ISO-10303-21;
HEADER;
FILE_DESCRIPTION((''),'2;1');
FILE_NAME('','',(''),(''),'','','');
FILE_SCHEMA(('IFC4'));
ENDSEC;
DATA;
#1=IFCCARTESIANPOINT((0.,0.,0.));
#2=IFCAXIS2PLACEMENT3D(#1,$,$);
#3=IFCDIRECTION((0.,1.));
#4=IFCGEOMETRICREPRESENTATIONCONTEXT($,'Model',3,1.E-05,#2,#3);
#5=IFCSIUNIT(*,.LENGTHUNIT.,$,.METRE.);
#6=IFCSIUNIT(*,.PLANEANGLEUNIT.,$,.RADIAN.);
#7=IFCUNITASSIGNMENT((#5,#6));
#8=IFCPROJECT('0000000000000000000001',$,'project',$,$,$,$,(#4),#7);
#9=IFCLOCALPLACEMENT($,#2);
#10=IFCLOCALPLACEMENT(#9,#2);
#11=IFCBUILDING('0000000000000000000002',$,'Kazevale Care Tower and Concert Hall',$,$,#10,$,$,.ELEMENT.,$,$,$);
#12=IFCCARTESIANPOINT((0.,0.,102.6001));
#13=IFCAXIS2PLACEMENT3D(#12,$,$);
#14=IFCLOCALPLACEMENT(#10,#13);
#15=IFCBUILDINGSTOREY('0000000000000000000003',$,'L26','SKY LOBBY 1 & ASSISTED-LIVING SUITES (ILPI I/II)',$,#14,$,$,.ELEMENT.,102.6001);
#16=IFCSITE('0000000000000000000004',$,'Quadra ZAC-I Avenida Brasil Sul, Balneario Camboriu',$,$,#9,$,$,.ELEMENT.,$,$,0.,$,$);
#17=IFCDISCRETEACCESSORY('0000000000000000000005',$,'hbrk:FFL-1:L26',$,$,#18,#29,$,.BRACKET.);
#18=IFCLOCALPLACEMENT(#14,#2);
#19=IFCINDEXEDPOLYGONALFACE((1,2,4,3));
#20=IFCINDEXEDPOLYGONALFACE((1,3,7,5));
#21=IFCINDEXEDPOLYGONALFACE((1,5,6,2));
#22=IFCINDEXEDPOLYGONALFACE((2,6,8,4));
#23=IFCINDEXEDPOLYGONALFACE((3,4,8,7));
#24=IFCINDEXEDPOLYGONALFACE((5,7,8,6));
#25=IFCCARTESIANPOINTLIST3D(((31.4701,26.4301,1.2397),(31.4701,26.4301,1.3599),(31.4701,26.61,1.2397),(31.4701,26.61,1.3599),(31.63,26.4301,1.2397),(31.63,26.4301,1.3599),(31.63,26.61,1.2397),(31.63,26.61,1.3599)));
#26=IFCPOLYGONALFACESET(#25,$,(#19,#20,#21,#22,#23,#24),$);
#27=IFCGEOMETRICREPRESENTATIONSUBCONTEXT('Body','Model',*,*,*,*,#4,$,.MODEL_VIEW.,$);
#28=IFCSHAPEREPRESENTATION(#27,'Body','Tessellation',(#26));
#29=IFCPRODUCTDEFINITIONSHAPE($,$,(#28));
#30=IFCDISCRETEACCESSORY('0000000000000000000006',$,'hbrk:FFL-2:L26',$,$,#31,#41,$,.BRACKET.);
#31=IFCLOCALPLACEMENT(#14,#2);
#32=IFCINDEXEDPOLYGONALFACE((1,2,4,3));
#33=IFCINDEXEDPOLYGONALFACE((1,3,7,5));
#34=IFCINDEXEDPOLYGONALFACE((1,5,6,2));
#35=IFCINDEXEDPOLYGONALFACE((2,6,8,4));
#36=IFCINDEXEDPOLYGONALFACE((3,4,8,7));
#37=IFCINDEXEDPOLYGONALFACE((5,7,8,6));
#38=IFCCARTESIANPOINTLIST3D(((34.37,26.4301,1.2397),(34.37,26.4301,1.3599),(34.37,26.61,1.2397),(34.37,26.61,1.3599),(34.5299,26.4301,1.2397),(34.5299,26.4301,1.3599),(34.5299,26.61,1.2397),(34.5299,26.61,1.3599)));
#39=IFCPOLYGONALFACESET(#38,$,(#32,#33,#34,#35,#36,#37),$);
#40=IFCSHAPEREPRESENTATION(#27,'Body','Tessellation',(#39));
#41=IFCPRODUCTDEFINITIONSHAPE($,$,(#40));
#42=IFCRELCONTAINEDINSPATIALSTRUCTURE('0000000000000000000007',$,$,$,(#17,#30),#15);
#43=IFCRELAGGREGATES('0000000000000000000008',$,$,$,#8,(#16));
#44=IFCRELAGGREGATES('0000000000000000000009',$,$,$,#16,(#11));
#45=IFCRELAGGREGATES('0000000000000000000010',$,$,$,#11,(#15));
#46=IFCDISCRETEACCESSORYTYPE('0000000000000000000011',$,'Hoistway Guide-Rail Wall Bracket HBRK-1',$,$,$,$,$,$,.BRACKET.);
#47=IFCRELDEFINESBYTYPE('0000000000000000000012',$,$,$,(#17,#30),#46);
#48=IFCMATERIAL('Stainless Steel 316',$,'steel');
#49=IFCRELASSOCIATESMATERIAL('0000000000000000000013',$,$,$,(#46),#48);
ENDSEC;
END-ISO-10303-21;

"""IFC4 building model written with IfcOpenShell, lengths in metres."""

from ifc_helpers import new_model, si_unit, direction, frame, origin, origin_2d, place, context, subcontext, project, spatial, rectangle, extrude, material, type_object, element, save


model = new_model("IFC4")

# Units and contexts
model_context = context("Model", 3, precision=1e-05, world=origin(), true_north=direction((0.0, 1.0)))
body_context = subcontext(model_context, "Body", "Model", "MODEL_VIEW")
ifc_project = project(units=[si_unit("LENGTHUNIT", "METRE"), si_unit("PLANEANGLEUNIT", "RADIAN")], contexts=[model_context])

# Site, building, storey
site_placement = place(None, origin())
site = spatial("IfcSite", under=ifc_project, at=site_placement, Name="Quadra ZAC-I Avenida Brasil Sul, Balneario Camboriu", CompositionType="ELEMENT", RefElevation=0.0)
building_placement = place(site_placement, origin())
building = spatial("IfcBuilding", under=site, at=building_placement, Name="Kazevale Care Tower and Concert Hall", CompositionType="ELEMENT")
storey_placement = place(building_placement, frame((0.0, 0.0, 102.6001)))
storey = spatial("IfcBuildingStorey", under=building, at=storey_placement, Name="L26", Description="SKY LOBBY 1 & ASSISTED-LIVING SUITES (ILPI I/II)", CompositionType="ELEMENT", Elevation=102.6001)

# Shared definitions
ifc_material_1 = material(Name="Stainless Steel 316", Category="steel")

# Discrete accessories
discrete_accessory_type = type_object("IfcDiscreteAccessoryType", Name="Hoistway Guide-Rail Wall Bracket HBRK-1", PredefinedType="BRACKET", material=ifc_material_1)
for number, where, z_axis, x_axis, name in (
    (1, (31.55, 26.52, 1.2397), (0.0, 0.0, 1.0), (1.0, 0.0, 0.0), "hbrk:FFL-1:L26"),
    (2, (34.45, 26.52, 1.2397), (0.0, 0.0, 1.0), (1.0, 0.0, 0.0), "hbrk:FFL-2:L26"),
):
    element("IfcDiscreteAccessory", number, at=place(storey_placement, frame(where, z_axis=z_axis, x_axis=x_axis)), inside=storey, type_object=discrete_accessory_type, Name=name, PredefinedType="BRACKET", context=body_context, shape_type="SweptSolid", body=[
        extrude(rectangle(XDim=0.1599, YDim=0.1799, at=origin_2d()), origin(), (0.0, 0.0, 1.0), 0.1201),
    ])

save(model, "model.ifc")
